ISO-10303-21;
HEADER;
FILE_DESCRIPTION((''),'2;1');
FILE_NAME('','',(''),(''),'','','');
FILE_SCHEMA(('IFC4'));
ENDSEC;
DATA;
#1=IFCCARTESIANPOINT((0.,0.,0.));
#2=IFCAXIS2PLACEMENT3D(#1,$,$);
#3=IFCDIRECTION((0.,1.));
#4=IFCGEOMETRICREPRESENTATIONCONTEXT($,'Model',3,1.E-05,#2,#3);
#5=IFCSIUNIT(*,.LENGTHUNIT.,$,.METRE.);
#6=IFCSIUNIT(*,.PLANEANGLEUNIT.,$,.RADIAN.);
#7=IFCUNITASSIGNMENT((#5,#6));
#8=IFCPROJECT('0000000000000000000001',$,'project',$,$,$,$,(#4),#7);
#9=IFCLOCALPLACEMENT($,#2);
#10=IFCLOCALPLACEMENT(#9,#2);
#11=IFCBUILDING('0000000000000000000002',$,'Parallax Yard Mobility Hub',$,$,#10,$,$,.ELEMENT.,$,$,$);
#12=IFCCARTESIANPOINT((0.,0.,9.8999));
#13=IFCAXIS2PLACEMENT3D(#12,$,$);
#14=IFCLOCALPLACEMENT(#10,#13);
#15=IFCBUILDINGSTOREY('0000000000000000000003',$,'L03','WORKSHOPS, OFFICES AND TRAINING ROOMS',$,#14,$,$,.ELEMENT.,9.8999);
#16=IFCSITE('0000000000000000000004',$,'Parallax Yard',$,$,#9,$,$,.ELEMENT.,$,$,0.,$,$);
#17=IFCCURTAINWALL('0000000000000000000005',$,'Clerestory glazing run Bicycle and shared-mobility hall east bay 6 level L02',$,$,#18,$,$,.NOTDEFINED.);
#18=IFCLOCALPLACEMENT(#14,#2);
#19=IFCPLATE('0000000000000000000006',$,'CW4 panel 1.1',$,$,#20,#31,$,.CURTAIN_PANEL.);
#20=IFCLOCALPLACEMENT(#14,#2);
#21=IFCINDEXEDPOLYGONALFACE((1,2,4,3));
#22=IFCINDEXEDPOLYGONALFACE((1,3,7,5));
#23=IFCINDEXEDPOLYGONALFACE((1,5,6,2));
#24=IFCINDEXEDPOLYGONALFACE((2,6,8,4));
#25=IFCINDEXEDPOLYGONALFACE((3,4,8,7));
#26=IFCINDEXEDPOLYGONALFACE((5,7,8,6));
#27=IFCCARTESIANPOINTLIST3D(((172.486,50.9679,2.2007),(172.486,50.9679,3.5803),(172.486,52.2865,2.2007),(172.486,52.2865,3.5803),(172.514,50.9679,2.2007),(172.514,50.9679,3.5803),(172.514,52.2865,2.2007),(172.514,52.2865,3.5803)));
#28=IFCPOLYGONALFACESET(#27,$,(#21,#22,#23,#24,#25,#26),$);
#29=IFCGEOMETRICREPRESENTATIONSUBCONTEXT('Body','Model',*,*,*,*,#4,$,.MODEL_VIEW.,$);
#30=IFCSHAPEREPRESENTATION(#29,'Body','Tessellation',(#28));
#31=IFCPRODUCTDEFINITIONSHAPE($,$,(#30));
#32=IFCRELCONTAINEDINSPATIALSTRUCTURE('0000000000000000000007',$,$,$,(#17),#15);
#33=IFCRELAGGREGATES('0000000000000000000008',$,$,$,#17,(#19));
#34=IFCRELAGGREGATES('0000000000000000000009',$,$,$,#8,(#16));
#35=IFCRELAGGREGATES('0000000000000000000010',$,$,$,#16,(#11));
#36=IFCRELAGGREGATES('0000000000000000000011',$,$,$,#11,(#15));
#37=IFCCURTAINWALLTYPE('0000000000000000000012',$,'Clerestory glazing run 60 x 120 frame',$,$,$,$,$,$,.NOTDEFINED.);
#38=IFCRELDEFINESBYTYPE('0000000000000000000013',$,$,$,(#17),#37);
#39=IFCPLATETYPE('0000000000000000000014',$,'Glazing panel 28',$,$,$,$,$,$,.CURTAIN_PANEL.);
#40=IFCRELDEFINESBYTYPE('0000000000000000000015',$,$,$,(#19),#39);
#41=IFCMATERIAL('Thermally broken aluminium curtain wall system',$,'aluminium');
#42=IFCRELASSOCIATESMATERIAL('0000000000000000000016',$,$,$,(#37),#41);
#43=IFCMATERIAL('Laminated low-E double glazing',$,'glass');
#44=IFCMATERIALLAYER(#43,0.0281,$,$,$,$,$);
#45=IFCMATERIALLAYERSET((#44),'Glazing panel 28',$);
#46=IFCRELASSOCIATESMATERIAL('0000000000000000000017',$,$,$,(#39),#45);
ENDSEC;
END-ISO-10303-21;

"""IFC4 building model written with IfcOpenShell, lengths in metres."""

from ifc_helpers import new_model, si_unit, direction, frame, origin, origin_2d, place, context, subcontext, project, spatial, rectangle, extrude, material, layer, layer_set, type_object, element, aggregate, save


model = new_model("IFC4")

# Units and contexts
model_context = context("Model", 3, precision=1e-05, world=origin(), true_north=direction((0.0, 1.0)))
body_context = subcontext(model_context, "Body", "Model", "MODEL_VIEW")
ifc_project = project(units=[si_unit("LENGTHUNIT", "METRE"), si_unit("PLANEANGLEUNIT", "RADIAN")], contexts=[model_context])

# Site, building, storey
site_placement = place(None, origin())
site = spatial("IfcSite", under=ifc_project, at=site_placement, Name="Parallax Yard", CompositionType="ELEMENT", RefElevation=0.0)
building_placement = place(site_placement, origin())
building = spatial("IfcBuilding", under=site, at=building_placement, Name="Parallax Yard Mobility Hub", CompositionType="ELEMENT")
storey_placement = place(building_placement, frame((0.0, 0.0, 9.8999)))
storey = spatial("IfcBuildingStorey", under=building, at=storey_placement, Name="L03", Description="WORKSHOPS, OFFICES AND TRAINING ROOMS", CompositionType="ELEMENT", Elevation=9.8999)

# Shared definitions
ifc_material_1 = material(Name="Thermally broken aluminium curtain wall system", Category="aluminium")
curtain_wall_type = type_object("IfcCurtainWallType", Name="Clerestory glazing run 60 x 120 frame", PredefinedType="NOTDEFINED", material=ifc_material_1)

# Curtain wall
curtain_wall_1_placement = place(storey_placement, origin())
curtain_wall_1 = element("IfcCurtainWall", 1, at=curtain_wall_1_placement, inside=storey, type_object=curtain_wall_type, Name="Clerestory glazing run Bicycle and shared-mobility hall east bay 6 level L02", PredefinedType="NOTDEFINED")

# Plate
ifc_material_2 = material(Name="Laminated low-E double glazing", Category="glass")
ifc_layer = layer(ifc_material_2, 0.0281)
ifc_layer_set = layer_set([ifc_layer], Name="Glazing panel 28")
plate_type = type_object("IfcPlateType", Name="Glazing panel 28", PredefinedType="CURTAIN_PANEL", material=ifc_layer_set)
plate_1_placement = place(storey_placement, frame((172.5, 51.6272, 2.2007), z_axis=(0.0, 0.0, 1.0), x_axis=(0.0, 1.0, 0.0)))
plate_1 = element("IfcPlate", 2, at=plate_1_placement, type_object=plate_type, Name="CW4 panel 1.1", PredefinedType="CURTAIN_PANEL", context=body_context, shape_type="SweptSolid", body=[
    extrude(rectangle(XDim=1.3186, YDim=0.0281, at=origin_2d()), origin(), (0.0, 0.0, 1.0), 1.3796),
])
aggregate(curtain_wall_1, [plate_1])

save(model, "model.ifc")
